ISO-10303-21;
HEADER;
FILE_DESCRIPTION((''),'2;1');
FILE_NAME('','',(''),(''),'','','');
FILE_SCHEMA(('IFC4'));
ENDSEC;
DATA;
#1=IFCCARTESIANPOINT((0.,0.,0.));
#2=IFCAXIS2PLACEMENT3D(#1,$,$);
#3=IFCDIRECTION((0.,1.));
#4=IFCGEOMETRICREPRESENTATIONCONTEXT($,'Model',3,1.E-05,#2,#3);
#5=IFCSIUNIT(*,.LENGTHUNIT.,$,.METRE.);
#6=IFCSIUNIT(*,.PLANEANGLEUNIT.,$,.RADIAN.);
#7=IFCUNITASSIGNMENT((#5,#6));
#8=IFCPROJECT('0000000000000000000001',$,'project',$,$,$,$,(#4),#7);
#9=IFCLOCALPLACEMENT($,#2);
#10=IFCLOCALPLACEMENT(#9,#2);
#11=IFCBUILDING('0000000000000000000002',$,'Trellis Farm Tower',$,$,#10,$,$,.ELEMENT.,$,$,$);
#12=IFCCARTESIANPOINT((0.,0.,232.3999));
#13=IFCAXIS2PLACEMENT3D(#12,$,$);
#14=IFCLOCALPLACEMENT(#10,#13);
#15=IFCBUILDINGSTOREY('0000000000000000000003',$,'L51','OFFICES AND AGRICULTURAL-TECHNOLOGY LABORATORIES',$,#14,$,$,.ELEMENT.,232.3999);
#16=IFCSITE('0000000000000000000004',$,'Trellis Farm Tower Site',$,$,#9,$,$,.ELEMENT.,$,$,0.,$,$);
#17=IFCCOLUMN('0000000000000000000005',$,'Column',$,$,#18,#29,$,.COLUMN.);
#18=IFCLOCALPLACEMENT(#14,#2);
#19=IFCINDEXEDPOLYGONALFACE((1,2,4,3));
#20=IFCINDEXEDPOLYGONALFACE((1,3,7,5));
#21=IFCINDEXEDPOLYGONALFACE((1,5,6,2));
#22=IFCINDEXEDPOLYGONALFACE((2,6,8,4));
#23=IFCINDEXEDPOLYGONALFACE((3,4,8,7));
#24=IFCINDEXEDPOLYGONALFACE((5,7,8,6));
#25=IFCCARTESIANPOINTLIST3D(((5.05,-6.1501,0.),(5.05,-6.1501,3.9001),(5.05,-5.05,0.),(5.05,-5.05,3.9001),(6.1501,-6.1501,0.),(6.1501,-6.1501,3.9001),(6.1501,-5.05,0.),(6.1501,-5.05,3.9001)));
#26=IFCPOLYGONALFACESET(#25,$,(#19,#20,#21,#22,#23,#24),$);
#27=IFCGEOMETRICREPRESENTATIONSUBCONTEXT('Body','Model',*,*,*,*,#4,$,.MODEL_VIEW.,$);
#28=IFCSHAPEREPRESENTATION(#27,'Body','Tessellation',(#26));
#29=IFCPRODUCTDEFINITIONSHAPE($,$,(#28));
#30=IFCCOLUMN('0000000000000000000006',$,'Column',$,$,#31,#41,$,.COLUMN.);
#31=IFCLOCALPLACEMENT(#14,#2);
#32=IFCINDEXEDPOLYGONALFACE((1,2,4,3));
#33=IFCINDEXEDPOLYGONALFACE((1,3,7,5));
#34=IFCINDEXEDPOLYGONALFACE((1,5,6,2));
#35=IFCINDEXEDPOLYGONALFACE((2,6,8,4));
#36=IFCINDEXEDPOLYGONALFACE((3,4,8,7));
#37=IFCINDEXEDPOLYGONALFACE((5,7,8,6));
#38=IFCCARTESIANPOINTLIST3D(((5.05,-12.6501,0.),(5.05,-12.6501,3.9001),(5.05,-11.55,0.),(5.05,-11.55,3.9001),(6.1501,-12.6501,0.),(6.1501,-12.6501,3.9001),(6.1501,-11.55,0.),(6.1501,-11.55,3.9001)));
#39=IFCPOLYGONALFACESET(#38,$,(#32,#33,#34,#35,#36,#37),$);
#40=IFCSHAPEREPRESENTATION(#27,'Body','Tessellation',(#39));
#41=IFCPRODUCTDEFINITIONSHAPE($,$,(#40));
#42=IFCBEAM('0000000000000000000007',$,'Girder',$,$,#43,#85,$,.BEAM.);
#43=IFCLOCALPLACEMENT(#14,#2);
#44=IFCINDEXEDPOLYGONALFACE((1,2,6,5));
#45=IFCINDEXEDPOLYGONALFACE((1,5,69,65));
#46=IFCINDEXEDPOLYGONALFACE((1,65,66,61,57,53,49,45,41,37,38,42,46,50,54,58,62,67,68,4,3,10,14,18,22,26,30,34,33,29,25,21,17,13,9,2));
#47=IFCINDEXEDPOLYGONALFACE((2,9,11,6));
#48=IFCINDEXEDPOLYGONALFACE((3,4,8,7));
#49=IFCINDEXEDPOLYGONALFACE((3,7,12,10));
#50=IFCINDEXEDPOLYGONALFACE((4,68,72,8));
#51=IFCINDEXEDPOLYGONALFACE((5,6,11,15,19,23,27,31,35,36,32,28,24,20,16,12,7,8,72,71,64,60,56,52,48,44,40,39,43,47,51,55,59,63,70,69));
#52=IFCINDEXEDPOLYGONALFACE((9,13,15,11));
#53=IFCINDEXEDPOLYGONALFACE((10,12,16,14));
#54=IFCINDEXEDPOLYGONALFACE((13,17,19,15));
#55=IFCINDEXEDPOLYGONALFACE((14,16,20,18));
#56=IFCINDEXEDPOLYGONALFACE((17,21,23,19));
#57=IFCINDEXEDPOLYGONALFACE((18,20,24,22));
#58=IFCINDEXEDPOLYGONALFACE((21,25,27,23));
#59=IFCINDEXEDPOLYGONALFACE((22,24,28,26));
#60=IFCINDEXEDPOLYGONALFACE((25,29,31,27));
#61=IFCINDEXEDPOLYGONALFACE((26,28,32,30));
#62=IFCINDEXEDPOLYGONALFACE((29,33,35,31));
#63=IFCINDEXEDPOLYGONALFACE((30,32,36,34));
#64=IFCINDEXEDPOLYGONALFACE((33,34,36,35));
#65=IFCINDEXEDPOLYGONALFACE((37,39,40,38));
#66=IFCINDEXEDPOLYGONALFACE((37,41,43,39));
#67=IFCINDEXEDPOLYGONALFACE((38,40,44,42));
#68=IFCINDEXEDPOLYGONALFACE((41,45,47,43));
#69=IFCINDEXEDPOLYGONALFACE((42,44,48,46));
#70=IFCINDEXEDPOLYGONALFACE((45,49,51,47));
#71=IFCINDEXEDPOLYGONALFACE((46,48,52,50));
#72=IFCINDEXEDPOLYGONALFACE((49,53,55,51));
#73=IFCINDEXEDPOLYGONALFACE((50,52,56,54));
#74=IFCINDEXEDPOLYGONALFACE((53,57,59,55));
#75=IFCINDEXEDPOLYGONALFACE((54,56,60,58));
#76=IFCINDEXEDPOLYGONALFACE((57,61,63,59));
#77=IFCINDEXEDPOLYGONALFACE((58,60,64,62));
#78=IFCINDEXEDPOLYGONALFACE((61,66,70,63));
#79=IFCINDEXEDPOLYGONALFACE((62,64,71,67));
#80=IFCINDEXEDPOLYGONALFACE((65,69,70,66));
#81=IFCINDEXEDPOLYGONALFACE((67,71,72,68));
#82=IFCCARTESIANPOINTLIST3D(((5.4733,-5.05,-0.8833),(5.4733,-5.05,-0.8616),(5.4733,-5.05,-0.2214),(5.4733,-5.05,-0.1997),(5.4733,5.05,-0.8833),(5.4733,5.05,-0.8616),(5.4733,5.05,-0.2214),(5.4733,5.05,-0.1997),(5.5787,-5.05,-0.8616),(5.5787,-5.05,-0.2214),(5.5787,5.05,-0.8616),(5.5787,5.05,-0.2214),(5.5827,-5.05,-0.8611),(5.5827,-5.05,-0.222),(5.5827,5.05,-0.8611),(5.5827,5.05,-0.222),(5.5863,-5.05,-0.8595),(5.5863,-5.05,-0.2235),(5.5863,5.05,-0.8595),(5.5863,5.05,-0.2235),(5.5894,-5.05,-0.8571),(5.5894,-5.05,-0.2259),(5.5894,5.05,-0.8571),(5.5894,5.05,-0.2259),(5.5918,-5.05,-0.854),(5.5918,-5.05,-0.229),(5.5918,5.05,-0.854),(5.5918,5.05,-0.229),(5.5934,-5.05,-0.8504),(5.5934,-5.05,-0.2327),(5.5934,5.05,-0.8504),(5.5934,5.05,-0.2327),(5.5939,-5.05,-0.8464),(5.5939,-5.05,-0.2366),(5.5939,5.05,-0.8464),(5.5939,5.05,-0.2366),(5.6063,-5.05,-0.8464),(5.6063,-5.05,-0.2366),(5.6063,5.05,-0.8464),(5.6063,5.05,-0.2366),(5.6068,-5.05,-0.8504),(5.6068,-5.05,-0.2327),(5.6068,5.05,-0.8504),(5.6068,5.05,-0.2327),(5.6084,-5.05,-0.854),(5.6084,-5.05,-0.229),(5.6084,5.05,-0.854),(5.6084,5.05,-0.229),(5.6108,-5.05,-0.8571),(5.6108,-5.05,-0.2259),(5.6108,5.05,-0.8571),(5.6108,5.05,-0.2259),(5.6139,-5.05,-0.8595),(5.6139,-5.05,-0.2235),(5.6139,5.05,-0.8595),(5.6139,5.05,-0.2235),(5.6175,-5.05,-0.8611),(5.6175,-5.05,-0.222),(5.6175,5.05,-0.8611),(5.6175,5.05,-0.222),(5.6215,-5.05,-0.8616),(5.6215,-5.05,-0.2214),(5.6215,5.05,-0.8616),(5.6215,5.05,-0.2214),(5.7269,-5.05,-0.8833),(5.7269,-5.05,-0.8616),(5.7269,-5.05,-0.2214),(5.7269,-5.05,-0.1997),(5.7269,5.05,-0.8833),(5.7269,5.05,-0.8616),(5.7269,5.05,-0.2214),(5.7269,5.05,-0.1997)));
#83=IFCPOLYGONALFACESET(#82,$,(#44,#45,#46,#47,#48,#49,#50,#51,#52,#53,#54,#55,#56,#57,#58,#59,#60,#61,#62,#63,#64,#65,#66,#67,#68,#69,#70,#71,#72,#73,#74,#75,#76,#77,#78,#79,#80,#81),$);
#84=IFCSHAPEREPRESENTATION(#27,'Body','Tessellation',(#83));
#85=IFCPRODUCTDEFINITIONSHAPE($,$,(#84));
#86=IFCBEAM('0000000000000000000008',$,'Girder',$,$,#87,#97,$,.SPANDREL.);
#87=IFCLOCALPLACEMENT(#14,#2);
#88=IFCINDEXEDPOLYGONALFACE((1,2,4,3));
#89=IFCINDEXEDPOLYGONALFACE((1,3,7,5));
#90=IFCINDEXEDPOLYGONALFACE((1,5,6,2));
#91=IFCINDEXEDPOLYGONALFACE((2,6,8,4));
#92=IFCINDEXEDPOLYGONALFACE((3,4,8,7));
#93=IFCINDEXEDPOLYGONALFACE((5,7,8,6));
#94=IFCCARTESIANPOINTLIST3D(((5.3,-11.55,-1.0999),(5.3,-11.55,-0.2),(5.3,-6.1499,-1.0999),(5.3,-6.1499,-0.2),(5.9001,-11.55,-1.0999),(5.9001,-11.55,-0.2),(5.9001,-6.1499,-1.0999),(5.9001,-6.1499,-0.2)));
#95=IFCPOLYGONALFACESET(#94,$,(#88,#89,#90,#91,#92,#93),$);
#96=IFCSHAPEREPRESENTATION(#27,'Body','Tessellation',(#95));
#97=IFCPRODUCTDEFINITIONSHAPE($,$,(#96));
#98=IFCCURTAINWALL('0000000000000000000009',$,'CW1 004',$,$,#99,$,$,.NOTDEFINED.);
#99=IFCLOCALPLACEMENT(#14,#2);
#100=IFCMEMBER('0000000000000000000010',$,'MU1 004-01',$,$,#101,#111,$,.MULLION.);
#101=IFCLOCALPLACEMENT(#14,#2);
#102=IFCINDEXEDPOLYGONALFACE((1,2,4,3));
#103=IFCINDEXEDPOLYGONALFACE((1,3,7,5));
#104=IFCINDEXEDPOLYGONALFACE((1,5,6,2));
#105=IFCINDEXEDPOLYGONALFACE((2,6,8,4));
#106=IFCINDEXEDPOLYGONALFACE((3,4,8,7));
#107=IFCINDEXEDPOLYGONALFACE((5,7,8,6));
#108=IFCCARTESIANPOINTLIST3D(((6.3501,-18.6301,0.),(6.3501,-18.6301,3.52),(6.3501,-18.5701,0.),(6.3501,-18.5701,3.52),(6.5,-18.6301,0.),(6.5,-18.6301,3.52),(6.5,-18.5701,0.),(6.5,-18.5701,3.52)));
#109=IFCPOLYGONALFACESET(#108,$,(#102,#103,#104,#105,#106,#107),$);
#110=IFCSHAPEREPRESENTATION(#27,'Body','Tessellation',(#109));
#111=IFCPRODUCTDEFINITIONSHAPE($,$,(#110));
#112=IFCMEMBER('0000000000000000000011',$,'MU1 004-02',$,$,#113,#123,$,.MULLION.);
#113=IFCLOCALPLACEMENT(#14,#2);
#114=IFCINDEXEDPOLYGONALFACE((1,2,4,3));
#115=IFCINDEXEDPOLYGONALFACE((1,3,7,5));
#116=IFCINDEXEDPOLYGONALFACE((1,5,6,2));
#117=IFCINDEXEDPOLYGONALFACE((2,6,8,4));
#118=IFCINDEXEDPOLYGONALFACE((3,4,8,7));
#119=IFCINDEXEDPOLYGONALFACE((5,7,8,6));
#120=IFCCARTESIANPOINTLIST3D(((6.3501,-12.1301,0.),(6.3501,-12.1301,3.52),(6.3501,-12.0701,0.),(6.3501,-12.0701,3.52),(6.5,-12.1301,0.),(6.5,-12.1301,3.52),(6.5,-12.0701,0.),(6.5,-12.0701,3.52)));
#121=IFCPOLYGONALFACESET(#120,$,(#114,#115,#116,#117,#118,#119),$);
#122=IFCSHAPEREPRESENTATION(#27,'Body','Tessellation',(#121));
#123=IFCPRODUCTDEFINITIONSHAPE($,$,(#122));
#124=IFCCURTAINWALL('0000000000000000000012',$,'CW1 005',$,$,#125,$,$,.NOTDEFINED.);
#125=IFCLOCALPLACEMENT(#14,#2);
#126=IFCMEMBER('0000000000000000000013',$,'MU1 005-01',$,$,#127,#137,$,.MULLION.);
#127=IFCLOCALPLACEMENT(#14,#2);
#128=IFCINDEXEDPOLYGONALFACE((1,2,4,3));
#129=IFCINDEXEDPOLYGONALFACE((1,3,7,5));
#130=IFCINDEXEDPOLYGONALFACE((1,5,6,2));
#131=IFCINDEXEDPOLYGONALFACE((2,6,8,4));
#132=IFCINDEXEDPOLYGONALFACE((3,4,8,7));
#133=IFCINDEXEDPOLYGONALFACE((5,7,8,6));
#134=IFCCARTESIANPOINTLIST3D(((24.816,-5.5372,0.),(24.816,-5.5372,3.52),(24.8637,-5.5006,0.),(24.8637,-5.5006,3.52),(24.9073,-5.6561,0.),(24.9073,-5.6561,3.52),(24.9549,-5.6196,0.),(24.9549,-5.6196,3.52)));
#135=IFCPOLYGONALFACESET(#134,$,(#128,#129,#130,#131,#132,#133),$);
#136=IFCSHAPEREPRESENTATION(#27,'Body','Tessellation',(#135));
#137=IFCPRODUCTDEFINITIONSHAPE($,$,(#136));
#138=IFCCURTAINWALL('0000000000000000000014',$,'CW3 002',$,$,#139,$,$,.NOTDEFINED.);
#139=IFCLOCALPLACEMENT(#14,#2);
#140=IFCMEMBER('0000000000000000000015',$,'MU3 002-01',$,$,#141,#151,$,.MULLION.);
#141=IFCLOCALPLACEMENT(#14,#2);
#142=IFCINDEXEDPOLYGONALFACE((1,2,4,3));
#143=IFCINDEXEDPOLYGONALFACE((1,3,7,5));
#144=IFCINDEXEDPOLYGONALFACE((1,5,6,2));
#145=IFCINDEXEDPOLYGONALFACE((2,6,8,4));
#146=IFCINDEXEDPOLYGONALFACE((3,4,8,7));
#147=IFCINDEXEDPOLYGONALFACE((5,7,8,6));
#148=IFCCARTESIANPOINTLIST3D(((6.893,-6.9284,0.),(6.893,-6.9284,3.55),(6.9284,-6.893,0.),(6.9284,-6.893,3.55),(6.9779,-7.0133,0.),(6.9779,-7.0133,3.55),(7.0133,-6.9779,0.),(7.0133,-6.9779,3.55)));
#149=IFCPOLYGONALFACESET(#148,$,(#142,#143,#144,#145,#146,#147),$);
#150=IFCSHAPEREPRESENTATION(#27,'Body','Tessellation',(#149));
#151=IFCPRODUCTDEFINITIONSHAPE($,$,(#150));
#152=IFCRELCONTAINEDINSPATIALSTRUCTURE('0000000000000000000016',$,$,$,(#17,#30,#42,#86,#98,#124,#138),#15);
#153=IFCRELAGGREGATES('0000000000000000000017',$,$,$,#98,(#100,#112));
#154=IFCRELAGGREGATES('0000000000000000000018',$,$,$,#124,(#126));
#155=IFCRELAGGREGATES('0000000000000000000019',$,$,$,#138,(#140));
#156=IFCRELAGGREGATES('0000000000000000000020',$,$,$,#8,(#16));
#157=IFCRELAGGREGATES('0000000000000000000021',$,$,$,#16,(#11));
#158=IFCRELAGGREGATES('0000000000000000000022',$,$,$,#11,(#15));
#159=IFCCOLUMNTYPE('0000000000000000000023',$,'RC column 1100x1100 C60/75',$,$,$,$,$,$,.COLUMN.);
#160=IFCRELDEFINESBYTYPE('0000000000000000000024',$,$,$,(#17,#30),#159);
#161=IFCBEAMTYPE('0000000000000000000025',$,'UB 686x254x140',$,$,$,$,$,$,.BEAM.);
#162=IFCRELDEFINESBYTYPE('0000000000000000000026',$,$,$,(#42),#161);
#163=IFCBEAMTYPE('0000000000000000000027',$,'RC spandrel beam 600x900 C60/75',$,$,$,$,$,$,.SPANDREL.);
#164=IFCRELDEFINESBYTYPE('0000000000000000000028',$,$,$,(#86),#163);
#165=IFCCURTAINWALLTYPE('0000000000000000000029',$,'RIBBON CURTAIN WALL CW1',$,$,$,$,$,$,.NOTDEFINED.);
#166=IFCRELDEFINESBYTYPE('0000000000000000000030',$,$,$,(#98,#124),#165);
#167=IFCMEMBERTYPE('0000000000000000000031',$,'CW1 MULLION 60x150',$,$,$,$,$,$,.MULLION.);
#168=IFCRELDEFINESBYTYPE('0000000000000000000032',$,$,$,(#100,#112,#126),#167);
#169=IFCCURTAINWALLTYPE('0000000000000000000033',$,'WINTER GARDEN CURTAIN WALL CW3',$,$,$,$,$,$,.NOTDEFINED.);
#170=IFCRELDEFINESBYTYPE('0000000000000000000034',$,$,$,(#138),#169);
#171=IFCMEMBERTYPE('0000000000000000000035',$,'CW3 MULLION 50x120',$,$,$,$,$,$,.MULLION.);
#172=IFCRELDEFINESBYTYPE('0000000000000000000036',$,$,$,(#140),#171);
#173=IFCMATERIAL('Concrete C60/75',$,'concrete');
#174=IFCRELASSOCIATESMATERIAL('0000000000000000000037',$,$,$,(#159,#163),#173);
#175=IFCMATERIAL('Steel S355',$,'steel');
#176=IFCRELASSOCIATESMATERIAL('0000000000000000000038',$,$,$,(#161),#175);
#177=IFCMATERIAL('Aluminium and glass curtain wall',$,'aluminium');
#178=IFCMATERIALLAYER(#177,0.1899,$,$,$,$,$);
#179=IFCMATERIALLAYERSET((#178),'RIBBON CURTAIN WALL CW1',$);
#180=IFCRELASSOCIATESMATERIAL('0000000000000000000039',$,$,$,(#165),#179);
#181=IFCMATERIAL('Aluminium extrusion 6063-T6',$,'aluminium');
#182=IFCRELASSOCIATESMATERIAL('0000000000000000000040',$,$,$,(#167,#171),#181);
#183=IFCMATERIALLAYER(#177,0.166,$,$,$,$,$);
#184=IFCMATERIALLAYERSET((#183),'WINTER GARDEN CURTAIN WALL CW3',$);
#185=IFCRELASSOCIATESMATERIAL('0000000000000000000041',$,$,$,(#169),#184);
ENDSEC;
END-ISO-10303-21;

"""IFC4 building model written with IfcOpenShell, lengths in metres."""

from ifc_helpers import new_model, si_unit, direction, frame, origin, origin_2d, place, context, subcontext, project, spatial, rectangle, i_section, extrude, source, transform, mapped, material, layer, layer_set, material_profile, profile_set, type_object, element, aggregate, save


model = new_model("IFC4")

# Units and contexts
model_context = context("Model", 3, precision=1e-05, world=origin(), true_north=direction((0.0, 1.0)))
body_context = subcontext(model_context, "Body", "Model", "MODEL_VIEW")
ifc_project = project(units=[si_unit("LENGTHUNIT", "METRE"), si_unit("PLANEANGLEUNIT", "RADIAN")], contexts=[model_context])

# Site, building, storey
site_placement = place(None, origin())
site = spatial("IfcSite", under=ifc_project, at=site_placement, Name="Trellis Farm Tower Site", CompositionType="ELEMENT", RefElevation=0.0)
building_placement = place(site_placement, origin())
building = spatial("IfcBuilding", under=site, at=building_placement, Name="Trellis Farm Tower", CompositionType="ELEMENT")
storey_placement = place(building_placement, frame((0.0, 0.0, 232.3999)))
storey = spatial("IfcBuildingStorey", under=building, at=storey_placement, Name="L51", Description="OFFICES AND AGRICULTURAL-TECHNOLOGY LABORATORIES", CompositionType="ELEMENT", Elevation=232.3999)

# Columns
ifc_material_1 = material(Name="Concrete C60/75", Category="concrete")
ifc_material_profile_1 = material_profile(ifc_material_1, rectangle(XDim=1.1001, YDim=1.1001, at=origin_2d()), Name="RC column 1100x1100 C60/75")
ifc_profile_set_1 = profile_set([ifc_material_profile_1], Name="Concrete C60/75")
column_type = type_object("IfcColumnType", Name="RC column 1100x1100 C60/75", PredefinedType="COLUMN", material=ifc_profile_set_1)
shared_shape_1 = source(origin(), body_context, "Body", "SweptSolid", [
    extrude(rectangle(XDim=1.1001, YDim=1.1001, at=origin_2d()), origin(), (0.0, 0.0, 1.0), 3.9001),
])
for number, where, z_axis, x_axis, name in (
    (1, (5.6001, -5.6001, 0.0), (0.0, 0.0, 1.0), (1.0, 0.0, 0.0), "Column"),
    (2, (5.6001, -12.1001, 0.0), (0.0, 0.0, 1.0), (1.0, 0.0, 0.0), "Column"),
):
    element("IfcColumn", number, at=place(storey_placement, frame(where, z_axis=z_axis, x_axis=x_axis)), inside=storey, type_object=column_type, Name=name, PredefinedType="COLUMN", context=body_context, shape_type="MappedRepresentation", body=[
        mapped(shared_shape_1, transform((0.0, 0.0, 0.0))),
    ])

# Beams
ifc_material_2 = material(Name="Steel S355", Category="steel")
ifc_material_profile_2 = material_profile(ifc_material_2, i_section(OverallWidth=0.2537, OverallDepth=0.6836, WebThickness=0.0125, FlangeThickness=0.0217, FilletRadius=0.0151, at=origin_2d()), Name="UB 686x254x140")
ifc_profile_set_2 = profile_set([ifc_material_profile_2], Name="Steel S355")
beam_type_1 = type_object("IfcBeamType", Name="UB 686x254x140", PredefinedType="BEAM", material=ifc_profile_set_2)
shared_shape_2 = source(origin(), body_context, "Body", "SweptSolid", [
    extrude(i_section(OverallWidth=0.2537, OverallDepth=0.6836, WebThickness=0.0125, FlangeThickness=0.0217, FilletRadius=0.0151, at=origin_2d()), origin(), (0.0, 0.0, 1.0), 10.1001),
])
beam_1_placement = place(storey_placement, frame((5.6001, -5.05, -0.5415), z_axis=(0.0, 1.0, 0.0), x_axis=(-1.0, 0.0, 0.0)))
element("IfcBeam", 3, at=beam_1_placement, inside=storey, type_object=beam_type_1, Name="Girder", PredefinedType="BEAM", context=body_context, shape_type="MappedRepresentation", body=[
    mapped(shared_shape_2, transform((0.0, 0.0, 0.0))),
])
ifc_material_profile_3 = material_profile(ifc_material_1, rectangle(XDim=0.6001, YDim=0.8999, at=origin_2d()), Name="RC spandrel beam 600x900 C60/75")
ifc_profile_set_3 = profile_set([ifc_material_profile_3], Name="Concrete C60/75")
beam_type_2 = type_object("IfcBeamType", Name="RC spandrel beam 600x900 C60/75", PredefinedType="SPANDREL", material=ifc_profile_set_3)
shared_shape_3 = source(origin(), body_context, "Body", "SweptSolid", [
    extrude(rectangle(XDim=0.6001, YDim=0.8999, at=origin_2d()), origin(), (0.0, 0.0, 1.0), 5.4001),
])
beam_2_placement = place(storey_placement, frame((5.6001, -11.55, -0.6499), z_axis=(0.0, 1.0, 0.0), x_axis=(-1.0, 0.0, 0.0)))
element("IfcBeam", 4, at=beam_2_placement, inside=storey, type_object=beam_type_2, Name="Girder", PredefinedType="SPANDREL", context=body_context, shape_type="MappedRepresentation", body=[
    mapped(shared_shape_3, transform((0.0, 0.0, 0.0))),
])

# Curtain wall, members
ifc_material_3 = material(Name="Aluminium and glass curtain wall", Category="aluminium")
ifc_layer_1 = layer(ifc_material_3, 0.1899)
ifc_layer_set_1 = layer_set([ifc_layer_1], Name="RIBBON CURTAIN WALL CW1")
curtain_wall_type_1 = type_object("IfcCurtainWallType", Name="RIBBON CURTAIN WALL CW1", PredefinedType="NOTDEFINED", material=ifc_layer_set_1)
placement = place(storey_placement, origin())
curtain_wall_1 = element("IfcCurtainWall", 5, at=placement, inside=storey, type_object=curtain_wall_type_1, Name="CW1 004", PredefinedType="NOTDEFINED")
ifc_material_4 = material(Name="Aluminium extrusion 6063-T6", Category="aluminium")
ifc_material_profile_4 = material_profile(ifc_material_4, rectangle(XDim=0.0601, YDim=0.1499, at=origin_2d()), Name="MULLION 60x150")
ifc_profile_set_4 = profile_set([ifc_material_profile_4], Name="Aluminium extrusion 6063-T6")
member_type_1 = type_object("IfcMemberType", Name="CW1 MULLION 60x150", PredefinedType="MULLION", material=ifc_profile_set_4)
shared_shape_4 = source(origin(), body_context, "Body", "SweptSolid", [
    extrude(rectangle(XDim=0.0601, YDim=0.1499, at=origin_2d()), origin(), (0.0, 0.0, 1.0), 3.52),
])
member_1_placement = place(storey_placement, frame((6.425, -18.6001, 0.0), z_axis=(0.0, 0.0, 1.0), x_axis=(0.0, 1.0, 0.0)))
member_1 = element("IfcMember", 6, at=member_1_placement, type_object=member_type_1, Name="MU1 004-01", PredefinedType="MULLION", context=body_context, shape_type="MappedRepresentation", body=[
    mapped(shared_shape_4, transform((0.0, 0.0, 0.0))),
])
member_2_placement = place(storey_placement, frame((6.425, -12.1001, 0.0), z_axis=(0.0, 0.0, 1.0), x_axis=(0.0, 1.0, 0.0)))
member_2 = element("IfcMember", 7, at=member_2_placement, type_object=member_type_1, Name="MU1 004-02", PredefinedType="MULLION", context=body_context, shape_type="MappedRepresentation", body=[
    mapped(shared_shape_4, transform((0.0, 0.0, 0.0))),
])
aggregate(curtain_wall_1, [member_1, member_2])

# Curtain walls, members
curtain_wall_2 = element("IfcCurtainWall", 8, at=placement, inside=storey, type_object=curtain_wall_type_1, Name="CW1 005", PredefinedType="NOTDEFINED")
member_3_placement = place(storey_placement, frame((24.8855, -5.5784, 0.0), z_axis=(0.0, 0.0, 1.0), x_axis=(0.793353, 0.608761, 0.0)))
member_3 = element("IfcMember", 9, at=member_3_placement, type_object=member_type_1, Name="MU1 005-01", PredefinedType="MULLION", context=body_context, shape_type="MappedRepresentation", body=[
    mapped(shared_shape_4, transform((0.0, 0.0, 0.0))),
])
aggregate(curtain_wall_2, [member_3])
ifc_layer_2 = layer(ifc_material_3, 0.166)
ifc_layer_set_2 = layer_set([ifc_layer_2], Name="WINTER GARDEN CURTAIN WALL CW3")
curtain_wall_type_2 = type_object("IfcCurtainWallType", Name="WINTER GARDEN CURTAIN WALL CW3", PredefinedType="NOTDEFINED", material=ifc_layer_set_2)
curtain_wall_3 = element("IfcCurtainWall", 10, at=placement, inside=storey, type_object=curtain_wall_type_2, Name="CW3 002", PredefinedType="NOTDEFINED")
ifc_material_profile_5 = material_profile(ifc_material_4, rectangle(XDim=0.05, YDim=0.1201, at=origin_2d()), Name="MULLION 50x120")
ifc_profile_set_5 = profile_set([ifc_material_profile_5], Name="Aluminium extrusion 6063-T6")
member_type_2 = type_object("IfcMemberType", Name="CW3 MULLION 50x120", PredefinedType="MULLION", material=ifc_profile_set_5)
shared_shape_5 = source(origin(), body_context, "Body", "SweptSolid", [
    extrude(rectangle(XDim=0.05, YDim=0.1201, at=origin_2d()), origin(), (0.0, 0.0, 1.0), 3.55),
])
member_4_placement = place(storey_placement, frame((6.9531, -6.9531, 0.0), z_axis=(0.0, 0.0, 1.0), x_axis=(0.707107, 0.707107, 0.0)))
member_4 = element("IfcMember", 11, at=member_4_placement, type_object=member_type_2, Name="MU3 002-01", PredefinedType="MULLION", context=body_context, shape_type="MappedRepresentation", body=[
    mapped(shared_shape_5, transform((0.0, 0.0, 0.0))),
])
aggregate(curtain_wall_3, [member_4])

save(model, "model.ifc")
